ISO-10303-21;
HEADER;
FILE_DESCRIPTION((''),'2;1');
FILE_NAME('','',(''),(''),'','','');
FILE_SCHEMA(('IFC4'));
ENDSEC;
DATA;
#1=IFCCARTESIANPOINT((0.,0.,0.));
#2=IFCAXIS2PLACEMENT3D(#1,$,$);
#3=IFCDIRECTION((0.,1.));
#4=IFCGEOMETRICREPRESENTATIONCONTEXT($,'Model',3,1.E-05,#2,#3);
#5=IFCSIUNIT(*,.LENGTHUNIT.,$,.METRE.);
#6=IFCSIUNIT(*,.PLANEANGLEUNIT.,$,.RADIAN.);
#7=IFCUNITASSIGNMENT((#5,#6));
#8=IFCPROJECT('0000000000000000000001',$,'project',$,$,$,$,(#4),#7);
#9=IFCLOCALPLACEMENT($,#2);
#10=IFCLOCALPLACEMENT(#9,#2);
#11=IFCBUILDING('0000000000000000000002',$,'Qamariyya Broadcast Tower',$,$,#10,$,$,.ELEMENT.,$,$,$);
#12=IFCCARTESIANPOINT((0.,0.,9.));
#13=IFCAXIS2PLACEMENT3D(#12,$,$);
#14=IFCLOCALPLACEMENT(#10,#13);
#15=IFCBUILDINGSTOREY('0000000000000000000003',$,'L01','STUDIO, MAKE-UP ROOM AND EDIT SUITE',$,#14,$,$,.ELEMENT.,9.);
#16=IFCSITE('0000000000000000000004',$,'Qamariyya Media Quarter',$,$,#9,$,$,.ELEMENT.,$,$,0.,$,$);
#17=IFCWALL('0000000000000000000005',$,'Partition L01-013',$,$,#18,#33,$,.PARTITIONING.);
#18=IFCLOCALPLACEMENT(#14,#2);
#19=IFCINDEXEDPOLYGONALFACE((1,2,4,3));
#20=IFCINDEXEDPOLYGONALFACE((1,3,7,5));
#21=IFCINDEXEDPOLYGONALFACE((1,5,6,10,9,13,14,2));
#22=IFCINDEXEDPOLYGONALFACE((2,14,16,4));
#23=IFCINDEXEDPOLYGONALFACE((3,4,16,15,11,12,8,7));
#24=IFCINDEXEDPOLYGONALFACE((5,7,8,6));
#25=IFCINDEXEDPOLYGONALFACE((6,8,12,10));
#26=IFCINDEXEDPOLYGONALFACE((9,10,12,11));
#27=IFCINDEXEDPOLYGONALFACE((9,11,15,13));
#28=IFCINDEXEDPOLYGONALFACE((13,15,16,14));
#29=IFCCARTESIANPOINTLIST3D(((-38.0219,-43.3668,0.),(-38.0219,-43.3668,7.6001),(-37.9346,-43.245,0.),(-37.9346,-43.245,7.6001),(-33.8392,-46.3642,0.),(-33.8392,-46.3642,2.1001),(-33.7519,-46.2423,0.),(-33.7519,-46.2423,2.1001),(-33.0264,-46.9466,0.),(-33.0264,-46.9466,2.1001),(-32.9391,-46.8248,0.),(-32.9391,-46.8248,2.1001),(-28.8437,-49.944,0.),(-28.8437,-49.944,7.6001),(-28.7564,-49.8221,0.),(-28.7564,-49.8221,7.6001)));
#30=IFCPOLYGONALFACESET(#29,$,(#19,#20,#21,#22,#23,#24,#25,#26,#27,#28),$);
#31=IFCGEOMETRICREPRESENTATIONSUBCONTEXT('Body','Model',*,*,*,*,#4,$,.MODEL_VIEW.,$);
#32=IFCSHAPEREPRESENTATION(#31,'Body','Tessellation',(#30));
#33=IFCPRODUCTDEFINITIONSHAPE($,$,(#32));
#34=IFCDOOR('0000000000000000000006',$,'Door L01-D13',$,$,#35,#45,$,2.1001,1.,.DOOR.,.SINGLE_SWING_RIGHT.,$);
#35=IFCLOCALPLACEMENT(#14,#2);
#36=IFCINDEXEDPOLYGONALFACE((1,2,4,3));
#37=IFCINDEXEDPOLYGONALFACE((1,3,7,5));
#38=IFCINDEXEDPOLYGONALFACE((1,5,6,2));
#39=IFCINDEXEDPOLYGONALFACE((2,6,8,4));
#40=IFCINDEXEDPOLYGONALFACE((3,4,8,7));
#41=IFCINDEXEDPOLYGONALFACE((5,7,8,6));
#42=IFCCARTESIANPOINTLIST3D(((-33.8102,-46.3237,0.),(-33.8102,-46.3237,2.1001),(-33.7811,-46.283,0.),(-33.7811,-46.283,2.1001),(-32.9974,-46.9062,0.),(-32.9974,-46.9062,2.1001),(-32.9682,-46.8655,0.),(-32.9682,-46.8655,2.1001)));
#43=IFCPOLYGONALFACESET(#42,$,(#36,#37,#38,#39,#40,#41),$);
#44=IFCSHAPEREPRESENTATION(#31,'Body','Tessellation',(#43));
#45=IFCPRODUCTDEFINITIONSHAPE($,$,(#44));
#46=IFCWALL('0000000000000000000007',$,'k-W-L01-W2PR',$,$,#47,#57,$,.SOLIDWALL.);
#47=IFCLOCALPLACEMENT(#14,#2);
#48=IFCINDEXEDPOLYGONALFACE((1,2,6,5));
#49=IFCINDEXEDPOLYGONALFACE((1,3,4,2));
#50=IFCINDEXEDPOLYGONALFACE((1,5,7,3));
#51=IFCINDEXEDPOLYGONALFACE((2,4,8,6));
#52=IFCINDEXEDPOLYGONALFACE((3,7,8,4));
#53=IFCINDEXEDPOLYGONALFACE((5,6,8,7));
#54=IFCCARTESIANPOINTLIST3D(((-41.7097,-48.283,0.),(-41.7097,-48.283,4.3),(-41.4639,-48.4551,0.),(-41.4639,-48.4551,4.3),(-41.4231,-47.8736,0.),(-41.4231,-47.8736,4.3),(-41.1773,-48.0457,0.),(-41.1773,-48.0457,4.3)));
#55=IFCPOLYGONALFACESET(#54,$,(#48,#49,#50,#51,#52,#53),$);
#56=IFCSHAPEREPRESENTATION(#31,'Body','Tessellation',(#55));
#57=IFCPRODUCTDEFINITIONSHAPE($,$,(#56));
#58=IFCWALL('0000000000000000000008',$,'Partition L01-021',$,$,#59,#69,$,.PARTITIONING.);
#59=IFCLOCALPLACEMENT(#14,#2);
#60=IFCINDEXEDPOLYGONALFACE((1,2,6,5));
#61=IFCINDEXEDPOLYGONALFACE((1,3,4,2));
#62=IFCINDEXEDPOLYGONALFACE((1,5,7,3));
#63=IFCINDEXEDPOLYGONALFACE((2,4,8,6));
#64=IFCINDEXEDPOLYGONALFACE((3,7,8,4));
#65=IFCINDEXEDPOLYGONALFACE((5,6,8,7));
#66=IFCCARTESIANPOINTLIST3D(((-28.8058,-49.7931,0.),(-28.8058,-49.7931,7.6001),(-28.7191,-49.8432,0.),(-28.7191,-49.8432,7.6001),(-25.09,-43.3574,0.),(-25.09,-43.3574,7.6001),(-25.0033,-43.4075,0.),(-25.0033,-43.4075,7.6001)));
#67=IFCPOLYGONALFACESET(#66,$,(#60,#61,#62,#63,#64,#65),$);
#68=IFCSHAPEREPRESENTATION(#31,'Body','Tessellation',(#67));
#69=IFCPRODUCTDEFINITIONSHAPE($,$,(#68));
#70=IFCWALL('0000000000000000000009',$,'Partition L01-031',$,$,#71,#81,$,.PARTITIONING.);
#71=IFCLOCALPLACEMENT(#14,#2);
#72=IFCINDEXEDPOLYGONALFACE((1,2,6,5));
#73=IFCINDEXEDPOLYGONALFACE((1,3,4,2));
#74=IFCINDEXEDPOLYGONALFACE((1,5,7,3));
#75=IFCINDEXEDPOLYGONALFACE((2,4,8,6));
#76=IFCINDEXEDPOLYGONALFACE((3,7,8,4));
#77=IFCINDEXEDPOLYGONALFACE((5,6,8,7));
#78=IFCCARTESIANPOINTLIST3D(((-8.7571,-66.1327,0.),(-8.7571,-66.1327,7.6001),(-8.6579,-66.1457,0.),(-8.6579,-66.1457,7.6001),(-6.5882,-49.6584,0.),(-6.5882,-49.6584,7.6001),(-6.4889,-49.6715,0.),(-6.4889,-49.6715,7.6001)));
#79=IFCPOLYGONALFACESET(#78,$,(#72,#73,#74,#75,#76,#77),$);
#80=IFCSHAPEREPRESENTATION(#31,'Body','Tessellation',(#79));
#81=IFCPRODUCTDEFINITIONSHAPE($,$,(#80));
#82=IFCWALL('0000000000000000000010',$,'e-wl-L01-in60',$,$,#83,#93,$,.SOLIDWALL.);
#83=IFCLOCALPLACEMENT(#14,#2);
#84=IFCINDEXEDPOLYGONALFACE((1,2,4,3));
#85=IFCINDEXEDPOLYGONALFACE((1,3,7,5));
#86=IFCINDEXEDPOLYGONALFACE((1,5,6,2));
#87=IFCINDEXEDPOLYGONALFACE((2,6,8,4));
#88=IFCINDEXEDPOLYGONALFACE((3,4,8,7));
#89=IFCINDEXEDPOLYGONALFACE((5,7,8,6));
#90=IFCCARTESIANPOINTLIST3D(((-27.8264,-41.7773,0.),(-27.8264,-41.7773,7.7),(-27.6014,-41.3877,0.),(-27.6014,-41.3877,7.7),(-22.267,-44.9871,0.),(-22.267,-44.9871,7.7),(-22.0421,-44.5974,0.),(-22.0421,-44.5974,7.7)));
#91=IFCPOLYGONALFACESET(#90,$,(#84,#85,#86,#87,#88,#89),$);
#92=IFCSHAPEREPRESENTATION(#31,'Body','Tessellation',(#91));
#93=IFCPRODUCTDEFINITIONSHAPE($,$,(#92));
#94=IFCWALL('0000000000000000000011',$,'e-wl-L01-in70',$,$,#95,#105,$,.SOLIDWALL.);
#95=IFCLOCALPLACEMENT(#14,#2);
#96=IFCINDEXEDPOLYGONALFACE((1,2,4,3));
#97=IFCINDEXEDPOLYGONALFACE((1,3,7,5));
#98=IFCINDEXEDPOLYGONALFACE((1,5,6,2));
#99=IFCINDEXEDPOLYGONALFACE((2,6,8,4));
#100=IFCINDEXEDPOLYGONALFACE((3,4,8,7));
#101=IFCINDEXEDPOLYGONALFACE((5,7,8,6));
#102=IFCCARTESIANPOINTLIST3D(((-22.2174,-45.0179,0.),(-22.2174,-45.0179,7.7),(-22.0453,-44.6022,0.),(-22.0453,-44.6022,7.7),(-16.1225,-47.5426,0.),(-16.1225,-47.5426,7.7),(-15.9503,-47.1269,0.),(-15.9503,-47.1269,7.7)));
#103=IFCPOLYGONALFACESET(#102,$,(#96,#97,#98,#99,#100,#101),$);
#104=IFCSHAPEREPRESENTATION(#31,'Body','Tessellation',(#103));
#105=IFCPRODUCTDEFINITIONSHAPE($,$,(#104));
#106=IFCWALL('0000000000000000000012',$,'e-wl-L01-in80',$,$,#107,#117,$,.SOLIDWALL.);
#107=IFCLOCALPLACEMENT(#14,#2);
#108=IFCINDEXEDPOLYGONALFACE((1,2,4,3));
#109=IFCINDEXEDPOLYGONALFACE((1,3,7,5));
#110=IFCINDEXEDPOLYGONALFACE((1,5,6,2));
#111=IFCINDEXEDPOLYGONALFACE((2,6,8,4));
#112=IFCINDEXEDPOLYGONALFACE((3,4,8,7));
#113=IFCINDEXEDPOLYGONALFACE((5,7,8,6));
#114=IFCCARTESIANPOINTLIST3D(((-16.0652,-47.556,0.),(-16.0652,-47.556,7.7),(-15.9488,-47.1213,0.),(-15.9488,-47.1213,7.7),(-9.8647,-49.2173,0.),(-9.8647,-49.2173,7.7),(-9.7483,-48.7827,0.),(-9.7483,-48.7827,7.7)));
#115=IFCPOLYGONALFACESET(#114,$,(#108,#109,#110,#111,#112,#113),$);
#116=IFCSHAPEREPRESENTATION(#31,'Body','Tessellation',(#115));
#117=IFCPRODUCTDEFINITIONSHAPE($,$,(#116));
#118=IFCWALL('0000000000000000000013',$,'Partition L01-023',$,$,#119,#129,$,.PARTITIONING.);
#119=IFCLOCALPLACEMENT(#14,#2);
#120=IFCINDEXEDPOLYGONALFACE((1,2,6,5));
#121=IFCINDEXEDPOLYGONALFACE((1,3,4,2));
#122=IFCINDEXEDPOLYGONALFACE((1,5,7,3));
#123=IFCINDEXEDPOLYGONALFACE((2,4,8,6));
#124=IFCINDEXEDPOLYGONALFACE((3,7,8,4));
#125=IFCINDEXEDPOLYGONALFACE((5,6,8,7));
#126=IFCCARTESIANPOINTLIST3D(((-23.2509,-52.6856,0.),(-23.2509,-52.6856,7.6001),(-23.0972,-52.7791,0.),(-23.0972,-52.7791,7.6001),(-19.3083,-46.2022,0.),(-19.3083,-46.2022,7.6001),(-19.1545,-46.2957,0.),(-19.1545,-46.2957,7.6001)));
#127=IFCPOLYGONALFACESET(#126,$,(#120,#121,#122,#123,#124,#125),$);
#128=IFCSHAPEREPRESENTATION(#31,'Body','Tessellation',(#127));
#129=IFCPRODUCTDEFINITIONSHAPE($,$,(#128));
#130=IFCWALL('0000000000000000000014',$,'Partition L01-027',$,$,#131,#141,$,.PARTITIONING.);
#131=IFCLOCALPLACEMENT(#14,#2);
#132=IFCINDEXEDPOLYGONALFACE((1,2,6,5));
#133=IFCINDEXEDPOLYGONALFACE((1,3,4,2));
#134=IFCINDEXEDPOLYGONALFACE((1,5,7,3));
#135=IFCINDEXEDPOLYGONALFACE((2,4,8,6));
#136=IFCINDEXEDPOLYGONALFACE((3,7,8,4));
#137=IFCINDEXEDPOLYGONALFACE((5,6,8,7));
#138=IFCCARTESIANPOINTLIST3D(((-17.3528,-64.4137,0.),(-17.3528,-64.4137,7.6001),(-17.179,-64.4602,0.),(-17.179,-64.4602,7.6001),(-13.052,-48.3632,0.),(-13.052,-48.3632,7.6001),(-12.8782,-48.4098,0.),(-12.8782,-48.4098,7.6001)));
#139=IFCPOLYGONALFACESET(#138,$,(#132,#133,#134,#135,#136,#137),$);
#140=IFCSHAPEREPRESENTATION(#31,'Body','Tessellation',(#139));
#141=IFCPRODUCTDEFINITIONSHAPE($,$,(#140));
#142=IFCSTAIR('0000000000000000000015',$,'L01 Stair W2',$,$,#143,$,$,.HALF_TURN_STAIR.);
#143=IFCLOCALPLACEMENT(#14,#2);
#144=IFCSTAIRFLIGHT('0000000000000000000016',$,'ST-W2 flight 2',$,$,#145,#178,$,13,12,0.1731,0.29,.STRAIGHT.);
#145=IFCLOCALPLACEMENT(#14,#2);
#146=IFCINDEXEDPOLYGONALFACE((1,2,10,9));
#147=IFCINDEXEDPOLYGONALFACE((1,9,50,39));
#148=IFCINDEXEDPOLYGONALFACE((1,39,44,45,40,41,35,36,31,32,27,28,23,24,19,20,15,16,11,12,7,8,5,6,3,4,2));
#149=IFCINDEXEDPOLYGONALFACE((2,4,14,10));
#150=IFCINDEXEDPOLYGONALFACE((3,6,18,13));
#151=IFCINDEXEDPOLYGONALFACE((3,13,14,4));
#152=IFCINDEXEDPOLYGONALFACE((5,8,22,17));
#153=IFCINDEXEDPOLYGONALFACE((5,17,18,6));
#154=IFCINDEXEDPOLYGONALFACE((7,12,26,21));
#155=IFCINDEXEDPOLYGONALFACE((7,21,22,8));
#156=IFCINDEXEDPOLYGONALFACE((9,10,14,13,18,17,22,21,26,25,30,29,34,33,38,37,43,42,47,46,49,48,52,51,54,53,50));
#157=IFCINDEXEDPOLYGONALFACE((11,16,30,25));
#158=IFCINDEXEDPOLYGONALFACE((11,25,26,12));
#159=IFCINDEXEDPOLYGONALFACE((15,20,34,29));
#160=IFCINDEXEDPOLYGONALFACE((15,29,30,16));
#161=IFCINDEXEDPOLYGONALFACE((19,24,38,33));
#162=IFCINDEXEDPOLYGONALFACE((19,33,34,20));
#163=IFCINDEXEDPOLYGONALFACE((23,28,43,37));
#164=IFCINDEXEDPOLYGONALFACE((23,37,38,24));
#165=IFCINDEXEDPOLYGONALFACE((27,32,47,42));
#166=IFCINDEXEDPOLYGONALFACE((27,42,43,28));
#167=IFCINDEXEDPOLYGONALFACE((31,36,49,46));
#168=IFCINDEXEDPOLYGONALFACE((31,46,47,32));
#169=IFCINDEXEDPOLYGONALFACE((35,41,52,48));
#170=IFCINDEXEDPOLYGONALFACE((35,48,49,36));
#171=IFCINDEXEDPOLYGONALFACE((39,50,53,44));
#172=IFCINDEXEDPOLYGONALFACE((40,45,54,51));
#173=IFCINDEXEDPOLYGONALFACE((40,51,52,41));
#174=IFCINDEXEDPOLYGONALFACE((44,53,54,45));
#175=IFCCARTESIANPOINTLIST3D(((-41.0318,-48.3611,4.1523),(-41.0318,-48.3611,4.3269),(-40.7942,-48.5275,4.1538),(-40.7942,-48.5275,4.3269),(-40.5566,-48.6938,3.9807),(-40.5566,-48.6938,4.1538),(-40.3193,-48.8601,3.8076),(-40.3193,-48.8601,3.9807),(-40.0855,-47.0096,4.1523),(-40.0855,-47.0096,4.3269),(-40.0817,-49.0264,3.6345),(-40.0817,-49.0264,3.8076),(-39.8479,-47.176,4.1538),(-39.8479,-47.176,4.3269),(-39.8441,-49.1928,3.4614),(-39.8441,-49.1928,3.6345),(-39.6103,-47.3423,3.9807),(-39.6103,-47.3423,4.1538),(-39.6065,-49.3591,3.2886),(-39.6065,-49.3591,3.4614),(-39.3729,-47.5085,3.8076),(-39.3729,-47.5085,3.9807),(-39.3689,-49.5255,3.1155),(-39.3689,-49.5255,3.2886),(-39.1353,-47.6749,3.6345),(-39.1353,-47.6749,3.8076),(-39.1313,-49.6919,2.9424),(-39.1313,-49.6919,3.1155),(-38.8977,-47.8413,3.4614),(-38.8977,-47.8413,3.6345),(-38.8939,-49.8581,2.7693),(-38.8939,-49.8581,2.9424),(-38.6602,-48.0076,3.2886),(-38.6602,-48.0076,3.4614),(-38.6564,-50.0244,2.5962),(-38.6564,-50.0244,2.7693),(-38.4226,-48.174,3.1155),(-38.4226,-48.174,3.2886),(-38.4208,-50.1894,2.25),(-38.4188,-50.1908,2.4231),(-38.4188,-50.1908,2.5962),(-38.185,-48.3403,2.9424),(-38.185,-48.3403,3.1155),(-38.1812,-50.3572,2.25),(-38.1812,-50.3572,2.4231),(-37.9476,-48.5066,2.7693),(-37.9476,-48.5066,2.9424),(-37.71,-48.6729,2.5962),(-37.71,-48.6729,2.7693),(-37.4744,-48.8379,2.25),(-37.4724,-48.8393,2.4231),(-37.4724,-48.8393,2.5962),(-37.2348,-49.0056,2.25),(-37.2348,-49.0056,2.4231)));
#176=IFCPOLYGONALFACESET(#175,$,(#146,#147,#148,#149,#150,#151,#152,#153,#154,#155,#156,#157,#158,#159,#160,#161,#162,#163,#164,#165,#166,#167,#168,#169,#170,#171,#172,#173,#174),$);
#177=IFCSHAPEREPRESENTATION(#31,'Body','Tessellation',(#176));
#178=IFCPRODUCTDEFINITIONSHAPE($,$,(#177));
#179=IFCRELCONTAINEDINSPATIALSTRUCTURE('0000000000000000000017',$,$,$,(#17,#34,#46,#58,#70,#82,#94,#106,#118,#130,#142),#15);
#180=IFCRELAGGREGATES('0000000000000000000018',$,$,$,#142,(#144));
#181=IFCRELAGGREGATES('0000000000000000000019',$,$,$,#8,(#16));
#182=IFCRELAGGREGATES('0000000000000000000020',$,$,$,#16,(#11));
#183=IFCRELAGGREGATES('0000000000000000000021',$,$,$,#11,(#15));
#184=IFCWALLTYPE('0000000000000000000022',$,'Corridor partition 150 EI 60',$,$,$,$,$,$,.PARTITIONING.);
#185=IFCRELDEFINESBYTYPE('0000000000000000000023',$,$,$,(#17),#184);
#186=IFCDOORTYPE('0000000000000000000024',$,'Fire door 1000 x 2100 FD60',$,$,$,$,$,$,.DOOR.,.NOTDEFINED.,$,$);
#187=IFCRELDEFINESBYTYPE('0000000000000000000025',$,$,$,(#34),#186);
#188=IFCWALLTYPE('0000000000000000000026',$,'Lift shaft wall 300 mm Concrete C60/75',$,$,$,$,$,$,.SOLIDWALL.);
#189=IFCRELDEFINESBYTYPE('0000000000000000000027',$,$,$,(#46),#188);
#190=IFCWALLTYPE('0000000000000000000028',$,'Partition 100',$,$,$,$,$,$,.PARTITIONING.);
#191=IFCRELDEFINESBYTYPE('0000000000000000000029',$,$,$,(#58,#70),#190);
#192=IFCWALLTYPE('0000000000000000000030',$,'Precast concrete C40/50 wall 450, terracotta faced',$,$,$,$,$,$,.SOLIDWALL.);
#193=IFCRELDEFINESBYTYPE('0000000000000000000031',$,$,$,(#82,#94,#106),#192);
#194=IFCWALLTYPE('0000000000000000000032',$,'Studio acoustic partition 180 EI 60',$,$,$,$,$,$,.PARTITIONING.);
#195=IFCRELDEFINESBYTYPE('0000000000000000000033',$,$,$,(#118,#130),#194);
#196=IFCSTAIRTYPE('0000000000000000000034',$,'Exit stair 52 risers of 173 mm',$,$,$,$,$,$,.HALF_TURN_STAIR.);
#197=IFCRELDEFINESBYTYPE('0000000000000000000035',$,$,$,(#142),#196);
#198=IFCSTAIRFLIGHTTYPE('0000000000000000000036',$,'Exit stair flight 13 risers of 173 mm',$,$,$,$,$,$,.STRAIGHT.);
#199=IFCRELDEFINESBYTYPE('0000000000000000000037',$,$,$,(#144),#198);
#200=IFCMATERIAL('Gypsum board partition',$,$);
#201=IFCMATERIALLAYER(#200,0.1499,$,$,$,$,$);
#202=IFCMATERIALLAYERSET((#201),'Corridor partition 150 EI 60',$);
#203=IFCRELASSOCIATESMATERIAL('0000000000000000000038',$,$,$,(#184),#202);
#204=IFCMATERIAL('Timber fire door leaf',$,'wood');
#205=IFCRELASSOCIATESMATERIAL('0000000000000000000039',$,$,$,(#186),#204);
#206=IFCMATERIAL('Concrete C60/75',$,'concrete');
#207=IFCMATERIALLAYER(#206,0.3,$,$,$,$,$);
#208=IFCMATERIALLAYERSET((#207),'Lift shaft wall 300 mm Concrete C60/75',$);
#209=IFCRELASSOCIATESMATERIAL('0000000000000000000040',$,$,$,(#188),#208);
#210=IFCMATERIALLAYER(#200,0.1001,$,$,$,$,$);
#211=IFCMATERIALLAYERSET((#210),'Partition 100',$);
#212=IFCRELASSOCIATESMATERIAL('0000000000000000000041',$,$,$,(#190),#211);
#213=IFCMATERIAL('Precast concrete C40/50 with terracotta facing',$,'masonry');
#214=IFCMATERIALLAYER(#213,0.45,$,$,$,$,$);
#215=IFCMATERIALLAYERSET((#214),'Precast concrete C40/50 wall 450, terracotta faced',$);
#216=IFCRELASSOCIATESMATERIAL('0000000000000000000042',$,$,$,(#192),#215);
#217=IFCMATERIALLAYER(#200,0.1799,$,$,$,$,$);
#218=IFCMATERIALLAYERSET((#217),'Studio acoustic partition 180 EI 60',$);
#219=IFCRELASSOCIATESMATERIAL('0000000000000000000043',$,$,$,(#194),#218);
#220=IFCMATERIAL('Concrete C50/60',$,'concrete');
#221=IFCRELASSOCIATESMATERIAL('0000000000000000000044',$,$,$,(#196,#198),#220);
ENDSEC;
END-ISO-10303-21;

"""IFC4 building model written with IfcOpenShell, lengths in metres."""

from ifc_helpers import new_model, si_unit, direction, frame, frame_2d, origin, place, context, subcontext, project, spatial, polyline, rectangle, outline, extrude, material, layer, layer_set, type_object, element, fill, aggregate, save


model = new_model("IFC4")

# Units and contexts
model_context = context("Model", 3, precision=1e-05, world=origin(), true_north=direction((0.0, 1.0)))
body_context = subcontext(model_context, "Body", "Model", "MODEL_VIEW")
ifc_project = project(units=[si_unit("LENGTHUNIT", "METRE"), si_unit("PLANEANGLEUNIT", "RADIAN")], contexts=[model_context])

# Site, building, storey
site_placement = place(None, origin())
site = spatial("IfcSite", under=ifc_project, at=site_placement, Name="Qamariyya Media Quarter", CompositionType="ELEMENT", RefElevation=0.0)
building_placement = place(site_placement, origin())
building = spatial("IfcBuilding", under=site, at=building_placement, Name="Qamariyya Broadcast Tower", CompositionType="ELEMENT")
storey_placement = place(building_placement, frame((0.0, 0.0, 9.0)))
storey = spatial("IfcBuildingStorey", under=building, at=storey_placement, Name="L01", Description="STUDIO, MAKE-UP ROOM AND EDIT SUITE", CompositionType="ELEMENT", Elevation=9.0)

# Shared definitions
ifc_material_1 = material(Name="Concrete C50/60", Category="concrete")

# Wall, opening, door
ifc_material_2 = material(Name="Gypsum board partition")
ifc_layer_1 = layer(ifc_material_2, 0.1499)
ifc_layer_set_1 = layer_set([ifc_layer_1], Name="Corridor partition 150 EI 60")
wall_type_1 = type_object("IfcWallType", Name="Corridor partition 150 EI 60", PredefinedType="PARTITIONING", material=ifc_layer_set_1)
wall_1_placement = place(storey_placement, frame((-37.9783, -43.3059, 0.0), z_axis=(0.0, 0.0, 1.0), x_axis=(0.812841, -0.582485, 0.0)))
wall_1 = element("IfcWall", 1, at=wall_1_placement, inside=storey, type_object=wall_type_1, Name="Partition L01-013", PredefinedType="PARTITIONING", context=body_context, shape_type="SweptSolid", body=[
    extrude(rectangle(XDim=11.2915, YDim=0.1499, at=frame_2d((5.6458, 0.0))), origin(), (0.0, 0.0, 1.0), 7.6001),
])
opening_placement = place(wall_1_placement, frame((5.1458, 0.0, 0.0)))
opening = element("IfcOpeningElement", 2, at=opening_placement, cuts=wall_1, PredefinedType="OPENING", context=body_context, shape_type="SweptSolid", body=[
    extrude(rectangle(XDim=1.0, YDim=2.1001, at=frame_2d((0.5, 1.05))), frame((0.0, 0.085, 0.0), z_axis=(0.0, -1.0, 0.0), x_axis=(1.0, 0.0, 0.0)), (0.0, 0.0, 1.0), 0.1699),
])
ifc_material_3 = material(Name="Timber fire door leaf", Category="wood")
door_type = type_object("IfcDoorType", Name="Fire door 1000 x 2100 FD60", OperationType="NOTDEFINED", PredefinedType="DOOR", material=ifc_material_3)
door_placement = place(opening_placement, origin())
door = element("IfcDoor", 3, at=door_placement, inside=storey, type_object=door_type, Name="Door L01-D13", OperationType="SINGLE_SWING_RIGHT", OverallHeight=2.1001, OverallWidth=1.0, PredefinedType="DOOR", context=body_context, shape_type="SweptSolid", body=[
    extrude(rectangle(XDim=1.0, YDim=2.1001, at=frame_2d((0.5, 1.05))), frame((0.0, 0.0249, 0.0), z_axis=(0.0, -1.0, 0.0), x_axis=(1.0, 0.0, 0.0)), (0.0, 0.0, 1.0), 0.05),
])
fill(opening, door)

# Walls
ifc_material_4 = material(Name="Concrete C60/75", Category="concrete")
ifc_layer_2 = layer(ifc_material_4, 0.3)
ifc_layer_set_2 = layer_set([ifc_layer_2], Name="Lift shaft wall 300 mm Concrete C60/75")
wall_type_2 = type_object("IfcWallType", Name="Lift shaft wall 300 mm Concrete C60/75", PredefinedType="SOLIDWALL", material=ifc_layer_set_2)
wall_2_placement = place(storey_placement, frame((-41.5869, -48.3691, 0.0), z_axis=(0.0, 0.0, 1.0), x_axis=(0.573495, 0.819209, 0.0)))
element("IfcWall", 4, at=wall_2_placement, inside=storey, type_object=wall_type_2, Name="k-W-L01-W2PR", PredefinedType="SOLIDWALL", context=body_context, shape_type="SweptSolid", body=[
    extrude(rectangle(XDim=0.4998, YDim=0.3, at=frame_2d((0.25, 0.0))), origin(), (0.0, 0.0, 1.0), 4.3),
])
ifc_layer_3 = layer(ifc_material_2, 0.1001)
ifc_layer_set_3 = layer_set([ifc_layer_3], Name="Partition 100")
wall_type_3 = type_object("IfcWallType", Name="Partition 100", PredefinedType="PARTITIONING", material=ifc_layer_set_3)
wall_3_placement = place(storey_placement, frame((-25.0466, -43.3823, 0.0), z_axis=(0.0, 0.0, 1.0), x_axis=(-0.500012, -0.866019, 0.0)))
element("IfcWall", 5, at=wall_3_placement, inside=storey, type_object=wall_type_3, Name="Partition L01-021", PredefinedType="PARTITIONING", context=body_context, shape_type="SweptSolid", body=[
    extrude(rectangle(XDim=7.4314, YDim=0.1001, at=frame_2d((3.7158, 0.0))), origin(), (0.0, 0.0, 1.0), 7.6001),
])
wall_4_placement = place(storey_placement, frame((-6.5386, -49.665, 0.0), z_axis=(0.0, 0.0, 1.0), x_axis=(-0.130529, -0.991444, 0.0)))
element("IfcWall", 6, at=wall_4_placement, inside=storey, type_object=wall_type_3, Name="Partition L01-031", PredefinedType="PARTITIONING", context=body_context, shape_type="SweptSolid", body=[
    extrude(rectangle(XDim=16.6165, YDim=0.1001, at=frame_2d((8.3081, 0.0))), origin(), (0.0, 0.0, 1.0), 7.6001),
])
ifc_material_5 = material(Name="Precast concrete C40/50 with terracotta facing", Category="masonry")
ifc_layer_4 = layer(ifc_material_5, 0.45)
ifc_layer_set_4 = layer_set([ifc_layer_4], Name="Precast concrete C40/50 wall 450, terracotta faced")
wall_type_4 = type_object("IfcWallType", Name="Precast concrete C40/50 wall 450, terracotta faced", PredefinedType="SOLIDWALL", material=ifc_layer_set_4)
wall_5_placement = place(storey_placement, frame((-22.1545, -44.7922, 0.0), z_axis=(0.0, 0.0, 1.0), x_axis=(-0.866023, 0.500004, 0.0)))
element("IfcWall", 7, at=wall_5_placement, inside=storey, type_object=wall_type_4, Name="e-wl-L01-in60", PredefinedType="SOLIDWALL", context=body_context, shape_type="SweptSolid", body=[
    extrude(rectangle(XDim=6.4194, YDim=0.45, at=frame_2d((3.2097, 0.0))), origin(), (0.0, 0.0, 1.0), 7.7),
])
wall_6_placement = place(storey_placement, frame((-16.0364, -47.3347, 0.0), z_axis=(0.0, 0.0, 1.0), x_axis=(-0.923877, 0.382688, 0.0)))
element("IfcWall", 8, at=wall_6_placement, inside=storey, type_object=wall_type_4, Name="e-wl-L01-in70", PredefinedType="SOLIDWALL", context=body_context, shape_type="SweptSolid", body=[
    extrude(rectangle(XDim=6.5972, YDim=0.45, at=frame_2d((3.2986, 0.0))), origin(), (0.0, 0.0, 1.0), 7.7),
])
wall_7_placement = place(storey_placement, frame((-9.8066, -49.0, 0.0), z_axis=(0.0, 0.0, 1.0), x_axis=(-0.965927, 0.258815, 0.0)))
element("IfcWall", 9, at=wall_7_placement, inside=storey, type_object=wall_type_4, Name="e-wl-L01-in80", PredefinedType="SOLIDWALL", context=body_context, shape_type="SweptSolid", body=[
    extrude(rectangle(XDim=6.4192, YDim=0.45, at=frame_2d((3.2095, 0.0))), origin(), (0.0, 0.0, 1.0), 7.7),
])
ifc_layer_5 = layer(ifc_material_2, 0.1799)
ifc_layer_set_5 = layer_set([ifc_layer_5], Name="Studio acoustic partition 180 EI 60")
wall_type_5 = type_object("IfcWallType", Name="Studio acoustic partition 180 EI 60", PredefinedType="PARTITIONING", material=ifc_layer_set_5)
wall_8_placement = place(storey_placement, frame((-19.2314, -46.249, 0.0), z_axis=(0.0, 0.0, 1.0), x_axis=(-0.519583, -0.85442, 0.0)))
element("IfcWall", 10, at=wall_8_placement, inside=storey, type_object=wall_type_5, Name="Partition L01-023", PredefinedType="PARTITIONING", context=body_context, shape_type="SweptSolid", body=[
    extrude(rectangle(XDim=7.5881, YDim=0.1799, at=frame_2d((3.7939, 0.0))), origin(), (0.0, 0.0, 1.0), 7.6001),
])
wall_9_placement = place(storey_placement, frame((-12.9651, -48.3865, 0.0), z_axis=(0.0, 0.0, 1.0), x_axis=(-0.258822, -0.965925, 0.0)))
element("IfcWall", 11, at=wall_9_placement, inside=storey, type_object=wall_type_5, Name="Partition L01-027", PredefinedType="PARTITIONING", context=body_context, shape_type="SweptSolid", body=[
    extrude(rectangle(XDim=16.6167, YDim=0.1799, at=frame_2d((8.3083, 0.0))), origin(), (0.0, 0.0, 1.0), 7.6001),
])

# Stair, stair flight
stair_type = type_object("IfcStairType", Name="Exit stair 52 risers of 173 mm", PredefinedType="HALF_TURN_STAIR", material=ifc_material_1)
stair_placement = place(storey_placement, origin())
stair = element("IfcStair", 12, at=stair_placement, inside=storey, type_object=stair_type, Name="L01 Stair W2", PredefinedType="HALF_TURN_STAIR")
stair_flight_type = type_object("IfcStairFlightType", Name="Exit stair flight 13 risers of 173 mm", PredefinedType="STRAIGHT", material=ifc_material_1)
stair_flight_1_placement = place(storey_placement, frame((-37.708, -49.6814, 2.25), z_axis=(0.0, 0.0, 1.0), x_axis=(-0.819152, 0.573576, 0.0)))
stair_flight_1 = element("IfcStairFlight", 13, at=stair_flight_1_placement, type_object=stair_flight_type, Name="ST-W2 flight 2", NumberOfRisers=13, NumberOfTreads=12, PredefinedType="STRAIGHT", RiserHeight=0.1731, TreadLength=0.29, context=body_context, shape_type="SweptSolid", body=[
    extrude(outline(polyline([(0.0, 0.0), (0.0, 0.1731), (0.29, 0.1731), (0.29, 0.3462), (0.5801, 0.3462), (0.5801, 0.5193), (0.8701, 0.5193), (0.8701, 0.6924), (1.1599, 0.6924), (1.1599, 0.8655), (1.45, 0.8655), (1.45, 1.0386), (1.74, 1.0386), (1.74, 1.2114), (2.03, 1.2114), (2.03, 1.3845), (2.3201, 1.3845), (2.3201, 1.5576), (2.6101, 1.5576), (2.6101, 1.7307), (2.8999, 1.7307), (2.8999, 1.9038), (3.1899, 1.9038), (3.1899, 2.0769), (3.48, 2.0769), (3.48, 2.25), (3.48, 1.9023), (0.2925, 0.0), (0.0, 0.0)])), frame((0.0, 0.825, 0.0), z_axis=(0.0, -1.0, 0.0), x_axis=(1.0, 0.0, 0.0)), (0.0, 0.0, 1.0), 1.6499),
])
aggregate(stair, [stair_flight_1])

save(model, "model.ifc")
